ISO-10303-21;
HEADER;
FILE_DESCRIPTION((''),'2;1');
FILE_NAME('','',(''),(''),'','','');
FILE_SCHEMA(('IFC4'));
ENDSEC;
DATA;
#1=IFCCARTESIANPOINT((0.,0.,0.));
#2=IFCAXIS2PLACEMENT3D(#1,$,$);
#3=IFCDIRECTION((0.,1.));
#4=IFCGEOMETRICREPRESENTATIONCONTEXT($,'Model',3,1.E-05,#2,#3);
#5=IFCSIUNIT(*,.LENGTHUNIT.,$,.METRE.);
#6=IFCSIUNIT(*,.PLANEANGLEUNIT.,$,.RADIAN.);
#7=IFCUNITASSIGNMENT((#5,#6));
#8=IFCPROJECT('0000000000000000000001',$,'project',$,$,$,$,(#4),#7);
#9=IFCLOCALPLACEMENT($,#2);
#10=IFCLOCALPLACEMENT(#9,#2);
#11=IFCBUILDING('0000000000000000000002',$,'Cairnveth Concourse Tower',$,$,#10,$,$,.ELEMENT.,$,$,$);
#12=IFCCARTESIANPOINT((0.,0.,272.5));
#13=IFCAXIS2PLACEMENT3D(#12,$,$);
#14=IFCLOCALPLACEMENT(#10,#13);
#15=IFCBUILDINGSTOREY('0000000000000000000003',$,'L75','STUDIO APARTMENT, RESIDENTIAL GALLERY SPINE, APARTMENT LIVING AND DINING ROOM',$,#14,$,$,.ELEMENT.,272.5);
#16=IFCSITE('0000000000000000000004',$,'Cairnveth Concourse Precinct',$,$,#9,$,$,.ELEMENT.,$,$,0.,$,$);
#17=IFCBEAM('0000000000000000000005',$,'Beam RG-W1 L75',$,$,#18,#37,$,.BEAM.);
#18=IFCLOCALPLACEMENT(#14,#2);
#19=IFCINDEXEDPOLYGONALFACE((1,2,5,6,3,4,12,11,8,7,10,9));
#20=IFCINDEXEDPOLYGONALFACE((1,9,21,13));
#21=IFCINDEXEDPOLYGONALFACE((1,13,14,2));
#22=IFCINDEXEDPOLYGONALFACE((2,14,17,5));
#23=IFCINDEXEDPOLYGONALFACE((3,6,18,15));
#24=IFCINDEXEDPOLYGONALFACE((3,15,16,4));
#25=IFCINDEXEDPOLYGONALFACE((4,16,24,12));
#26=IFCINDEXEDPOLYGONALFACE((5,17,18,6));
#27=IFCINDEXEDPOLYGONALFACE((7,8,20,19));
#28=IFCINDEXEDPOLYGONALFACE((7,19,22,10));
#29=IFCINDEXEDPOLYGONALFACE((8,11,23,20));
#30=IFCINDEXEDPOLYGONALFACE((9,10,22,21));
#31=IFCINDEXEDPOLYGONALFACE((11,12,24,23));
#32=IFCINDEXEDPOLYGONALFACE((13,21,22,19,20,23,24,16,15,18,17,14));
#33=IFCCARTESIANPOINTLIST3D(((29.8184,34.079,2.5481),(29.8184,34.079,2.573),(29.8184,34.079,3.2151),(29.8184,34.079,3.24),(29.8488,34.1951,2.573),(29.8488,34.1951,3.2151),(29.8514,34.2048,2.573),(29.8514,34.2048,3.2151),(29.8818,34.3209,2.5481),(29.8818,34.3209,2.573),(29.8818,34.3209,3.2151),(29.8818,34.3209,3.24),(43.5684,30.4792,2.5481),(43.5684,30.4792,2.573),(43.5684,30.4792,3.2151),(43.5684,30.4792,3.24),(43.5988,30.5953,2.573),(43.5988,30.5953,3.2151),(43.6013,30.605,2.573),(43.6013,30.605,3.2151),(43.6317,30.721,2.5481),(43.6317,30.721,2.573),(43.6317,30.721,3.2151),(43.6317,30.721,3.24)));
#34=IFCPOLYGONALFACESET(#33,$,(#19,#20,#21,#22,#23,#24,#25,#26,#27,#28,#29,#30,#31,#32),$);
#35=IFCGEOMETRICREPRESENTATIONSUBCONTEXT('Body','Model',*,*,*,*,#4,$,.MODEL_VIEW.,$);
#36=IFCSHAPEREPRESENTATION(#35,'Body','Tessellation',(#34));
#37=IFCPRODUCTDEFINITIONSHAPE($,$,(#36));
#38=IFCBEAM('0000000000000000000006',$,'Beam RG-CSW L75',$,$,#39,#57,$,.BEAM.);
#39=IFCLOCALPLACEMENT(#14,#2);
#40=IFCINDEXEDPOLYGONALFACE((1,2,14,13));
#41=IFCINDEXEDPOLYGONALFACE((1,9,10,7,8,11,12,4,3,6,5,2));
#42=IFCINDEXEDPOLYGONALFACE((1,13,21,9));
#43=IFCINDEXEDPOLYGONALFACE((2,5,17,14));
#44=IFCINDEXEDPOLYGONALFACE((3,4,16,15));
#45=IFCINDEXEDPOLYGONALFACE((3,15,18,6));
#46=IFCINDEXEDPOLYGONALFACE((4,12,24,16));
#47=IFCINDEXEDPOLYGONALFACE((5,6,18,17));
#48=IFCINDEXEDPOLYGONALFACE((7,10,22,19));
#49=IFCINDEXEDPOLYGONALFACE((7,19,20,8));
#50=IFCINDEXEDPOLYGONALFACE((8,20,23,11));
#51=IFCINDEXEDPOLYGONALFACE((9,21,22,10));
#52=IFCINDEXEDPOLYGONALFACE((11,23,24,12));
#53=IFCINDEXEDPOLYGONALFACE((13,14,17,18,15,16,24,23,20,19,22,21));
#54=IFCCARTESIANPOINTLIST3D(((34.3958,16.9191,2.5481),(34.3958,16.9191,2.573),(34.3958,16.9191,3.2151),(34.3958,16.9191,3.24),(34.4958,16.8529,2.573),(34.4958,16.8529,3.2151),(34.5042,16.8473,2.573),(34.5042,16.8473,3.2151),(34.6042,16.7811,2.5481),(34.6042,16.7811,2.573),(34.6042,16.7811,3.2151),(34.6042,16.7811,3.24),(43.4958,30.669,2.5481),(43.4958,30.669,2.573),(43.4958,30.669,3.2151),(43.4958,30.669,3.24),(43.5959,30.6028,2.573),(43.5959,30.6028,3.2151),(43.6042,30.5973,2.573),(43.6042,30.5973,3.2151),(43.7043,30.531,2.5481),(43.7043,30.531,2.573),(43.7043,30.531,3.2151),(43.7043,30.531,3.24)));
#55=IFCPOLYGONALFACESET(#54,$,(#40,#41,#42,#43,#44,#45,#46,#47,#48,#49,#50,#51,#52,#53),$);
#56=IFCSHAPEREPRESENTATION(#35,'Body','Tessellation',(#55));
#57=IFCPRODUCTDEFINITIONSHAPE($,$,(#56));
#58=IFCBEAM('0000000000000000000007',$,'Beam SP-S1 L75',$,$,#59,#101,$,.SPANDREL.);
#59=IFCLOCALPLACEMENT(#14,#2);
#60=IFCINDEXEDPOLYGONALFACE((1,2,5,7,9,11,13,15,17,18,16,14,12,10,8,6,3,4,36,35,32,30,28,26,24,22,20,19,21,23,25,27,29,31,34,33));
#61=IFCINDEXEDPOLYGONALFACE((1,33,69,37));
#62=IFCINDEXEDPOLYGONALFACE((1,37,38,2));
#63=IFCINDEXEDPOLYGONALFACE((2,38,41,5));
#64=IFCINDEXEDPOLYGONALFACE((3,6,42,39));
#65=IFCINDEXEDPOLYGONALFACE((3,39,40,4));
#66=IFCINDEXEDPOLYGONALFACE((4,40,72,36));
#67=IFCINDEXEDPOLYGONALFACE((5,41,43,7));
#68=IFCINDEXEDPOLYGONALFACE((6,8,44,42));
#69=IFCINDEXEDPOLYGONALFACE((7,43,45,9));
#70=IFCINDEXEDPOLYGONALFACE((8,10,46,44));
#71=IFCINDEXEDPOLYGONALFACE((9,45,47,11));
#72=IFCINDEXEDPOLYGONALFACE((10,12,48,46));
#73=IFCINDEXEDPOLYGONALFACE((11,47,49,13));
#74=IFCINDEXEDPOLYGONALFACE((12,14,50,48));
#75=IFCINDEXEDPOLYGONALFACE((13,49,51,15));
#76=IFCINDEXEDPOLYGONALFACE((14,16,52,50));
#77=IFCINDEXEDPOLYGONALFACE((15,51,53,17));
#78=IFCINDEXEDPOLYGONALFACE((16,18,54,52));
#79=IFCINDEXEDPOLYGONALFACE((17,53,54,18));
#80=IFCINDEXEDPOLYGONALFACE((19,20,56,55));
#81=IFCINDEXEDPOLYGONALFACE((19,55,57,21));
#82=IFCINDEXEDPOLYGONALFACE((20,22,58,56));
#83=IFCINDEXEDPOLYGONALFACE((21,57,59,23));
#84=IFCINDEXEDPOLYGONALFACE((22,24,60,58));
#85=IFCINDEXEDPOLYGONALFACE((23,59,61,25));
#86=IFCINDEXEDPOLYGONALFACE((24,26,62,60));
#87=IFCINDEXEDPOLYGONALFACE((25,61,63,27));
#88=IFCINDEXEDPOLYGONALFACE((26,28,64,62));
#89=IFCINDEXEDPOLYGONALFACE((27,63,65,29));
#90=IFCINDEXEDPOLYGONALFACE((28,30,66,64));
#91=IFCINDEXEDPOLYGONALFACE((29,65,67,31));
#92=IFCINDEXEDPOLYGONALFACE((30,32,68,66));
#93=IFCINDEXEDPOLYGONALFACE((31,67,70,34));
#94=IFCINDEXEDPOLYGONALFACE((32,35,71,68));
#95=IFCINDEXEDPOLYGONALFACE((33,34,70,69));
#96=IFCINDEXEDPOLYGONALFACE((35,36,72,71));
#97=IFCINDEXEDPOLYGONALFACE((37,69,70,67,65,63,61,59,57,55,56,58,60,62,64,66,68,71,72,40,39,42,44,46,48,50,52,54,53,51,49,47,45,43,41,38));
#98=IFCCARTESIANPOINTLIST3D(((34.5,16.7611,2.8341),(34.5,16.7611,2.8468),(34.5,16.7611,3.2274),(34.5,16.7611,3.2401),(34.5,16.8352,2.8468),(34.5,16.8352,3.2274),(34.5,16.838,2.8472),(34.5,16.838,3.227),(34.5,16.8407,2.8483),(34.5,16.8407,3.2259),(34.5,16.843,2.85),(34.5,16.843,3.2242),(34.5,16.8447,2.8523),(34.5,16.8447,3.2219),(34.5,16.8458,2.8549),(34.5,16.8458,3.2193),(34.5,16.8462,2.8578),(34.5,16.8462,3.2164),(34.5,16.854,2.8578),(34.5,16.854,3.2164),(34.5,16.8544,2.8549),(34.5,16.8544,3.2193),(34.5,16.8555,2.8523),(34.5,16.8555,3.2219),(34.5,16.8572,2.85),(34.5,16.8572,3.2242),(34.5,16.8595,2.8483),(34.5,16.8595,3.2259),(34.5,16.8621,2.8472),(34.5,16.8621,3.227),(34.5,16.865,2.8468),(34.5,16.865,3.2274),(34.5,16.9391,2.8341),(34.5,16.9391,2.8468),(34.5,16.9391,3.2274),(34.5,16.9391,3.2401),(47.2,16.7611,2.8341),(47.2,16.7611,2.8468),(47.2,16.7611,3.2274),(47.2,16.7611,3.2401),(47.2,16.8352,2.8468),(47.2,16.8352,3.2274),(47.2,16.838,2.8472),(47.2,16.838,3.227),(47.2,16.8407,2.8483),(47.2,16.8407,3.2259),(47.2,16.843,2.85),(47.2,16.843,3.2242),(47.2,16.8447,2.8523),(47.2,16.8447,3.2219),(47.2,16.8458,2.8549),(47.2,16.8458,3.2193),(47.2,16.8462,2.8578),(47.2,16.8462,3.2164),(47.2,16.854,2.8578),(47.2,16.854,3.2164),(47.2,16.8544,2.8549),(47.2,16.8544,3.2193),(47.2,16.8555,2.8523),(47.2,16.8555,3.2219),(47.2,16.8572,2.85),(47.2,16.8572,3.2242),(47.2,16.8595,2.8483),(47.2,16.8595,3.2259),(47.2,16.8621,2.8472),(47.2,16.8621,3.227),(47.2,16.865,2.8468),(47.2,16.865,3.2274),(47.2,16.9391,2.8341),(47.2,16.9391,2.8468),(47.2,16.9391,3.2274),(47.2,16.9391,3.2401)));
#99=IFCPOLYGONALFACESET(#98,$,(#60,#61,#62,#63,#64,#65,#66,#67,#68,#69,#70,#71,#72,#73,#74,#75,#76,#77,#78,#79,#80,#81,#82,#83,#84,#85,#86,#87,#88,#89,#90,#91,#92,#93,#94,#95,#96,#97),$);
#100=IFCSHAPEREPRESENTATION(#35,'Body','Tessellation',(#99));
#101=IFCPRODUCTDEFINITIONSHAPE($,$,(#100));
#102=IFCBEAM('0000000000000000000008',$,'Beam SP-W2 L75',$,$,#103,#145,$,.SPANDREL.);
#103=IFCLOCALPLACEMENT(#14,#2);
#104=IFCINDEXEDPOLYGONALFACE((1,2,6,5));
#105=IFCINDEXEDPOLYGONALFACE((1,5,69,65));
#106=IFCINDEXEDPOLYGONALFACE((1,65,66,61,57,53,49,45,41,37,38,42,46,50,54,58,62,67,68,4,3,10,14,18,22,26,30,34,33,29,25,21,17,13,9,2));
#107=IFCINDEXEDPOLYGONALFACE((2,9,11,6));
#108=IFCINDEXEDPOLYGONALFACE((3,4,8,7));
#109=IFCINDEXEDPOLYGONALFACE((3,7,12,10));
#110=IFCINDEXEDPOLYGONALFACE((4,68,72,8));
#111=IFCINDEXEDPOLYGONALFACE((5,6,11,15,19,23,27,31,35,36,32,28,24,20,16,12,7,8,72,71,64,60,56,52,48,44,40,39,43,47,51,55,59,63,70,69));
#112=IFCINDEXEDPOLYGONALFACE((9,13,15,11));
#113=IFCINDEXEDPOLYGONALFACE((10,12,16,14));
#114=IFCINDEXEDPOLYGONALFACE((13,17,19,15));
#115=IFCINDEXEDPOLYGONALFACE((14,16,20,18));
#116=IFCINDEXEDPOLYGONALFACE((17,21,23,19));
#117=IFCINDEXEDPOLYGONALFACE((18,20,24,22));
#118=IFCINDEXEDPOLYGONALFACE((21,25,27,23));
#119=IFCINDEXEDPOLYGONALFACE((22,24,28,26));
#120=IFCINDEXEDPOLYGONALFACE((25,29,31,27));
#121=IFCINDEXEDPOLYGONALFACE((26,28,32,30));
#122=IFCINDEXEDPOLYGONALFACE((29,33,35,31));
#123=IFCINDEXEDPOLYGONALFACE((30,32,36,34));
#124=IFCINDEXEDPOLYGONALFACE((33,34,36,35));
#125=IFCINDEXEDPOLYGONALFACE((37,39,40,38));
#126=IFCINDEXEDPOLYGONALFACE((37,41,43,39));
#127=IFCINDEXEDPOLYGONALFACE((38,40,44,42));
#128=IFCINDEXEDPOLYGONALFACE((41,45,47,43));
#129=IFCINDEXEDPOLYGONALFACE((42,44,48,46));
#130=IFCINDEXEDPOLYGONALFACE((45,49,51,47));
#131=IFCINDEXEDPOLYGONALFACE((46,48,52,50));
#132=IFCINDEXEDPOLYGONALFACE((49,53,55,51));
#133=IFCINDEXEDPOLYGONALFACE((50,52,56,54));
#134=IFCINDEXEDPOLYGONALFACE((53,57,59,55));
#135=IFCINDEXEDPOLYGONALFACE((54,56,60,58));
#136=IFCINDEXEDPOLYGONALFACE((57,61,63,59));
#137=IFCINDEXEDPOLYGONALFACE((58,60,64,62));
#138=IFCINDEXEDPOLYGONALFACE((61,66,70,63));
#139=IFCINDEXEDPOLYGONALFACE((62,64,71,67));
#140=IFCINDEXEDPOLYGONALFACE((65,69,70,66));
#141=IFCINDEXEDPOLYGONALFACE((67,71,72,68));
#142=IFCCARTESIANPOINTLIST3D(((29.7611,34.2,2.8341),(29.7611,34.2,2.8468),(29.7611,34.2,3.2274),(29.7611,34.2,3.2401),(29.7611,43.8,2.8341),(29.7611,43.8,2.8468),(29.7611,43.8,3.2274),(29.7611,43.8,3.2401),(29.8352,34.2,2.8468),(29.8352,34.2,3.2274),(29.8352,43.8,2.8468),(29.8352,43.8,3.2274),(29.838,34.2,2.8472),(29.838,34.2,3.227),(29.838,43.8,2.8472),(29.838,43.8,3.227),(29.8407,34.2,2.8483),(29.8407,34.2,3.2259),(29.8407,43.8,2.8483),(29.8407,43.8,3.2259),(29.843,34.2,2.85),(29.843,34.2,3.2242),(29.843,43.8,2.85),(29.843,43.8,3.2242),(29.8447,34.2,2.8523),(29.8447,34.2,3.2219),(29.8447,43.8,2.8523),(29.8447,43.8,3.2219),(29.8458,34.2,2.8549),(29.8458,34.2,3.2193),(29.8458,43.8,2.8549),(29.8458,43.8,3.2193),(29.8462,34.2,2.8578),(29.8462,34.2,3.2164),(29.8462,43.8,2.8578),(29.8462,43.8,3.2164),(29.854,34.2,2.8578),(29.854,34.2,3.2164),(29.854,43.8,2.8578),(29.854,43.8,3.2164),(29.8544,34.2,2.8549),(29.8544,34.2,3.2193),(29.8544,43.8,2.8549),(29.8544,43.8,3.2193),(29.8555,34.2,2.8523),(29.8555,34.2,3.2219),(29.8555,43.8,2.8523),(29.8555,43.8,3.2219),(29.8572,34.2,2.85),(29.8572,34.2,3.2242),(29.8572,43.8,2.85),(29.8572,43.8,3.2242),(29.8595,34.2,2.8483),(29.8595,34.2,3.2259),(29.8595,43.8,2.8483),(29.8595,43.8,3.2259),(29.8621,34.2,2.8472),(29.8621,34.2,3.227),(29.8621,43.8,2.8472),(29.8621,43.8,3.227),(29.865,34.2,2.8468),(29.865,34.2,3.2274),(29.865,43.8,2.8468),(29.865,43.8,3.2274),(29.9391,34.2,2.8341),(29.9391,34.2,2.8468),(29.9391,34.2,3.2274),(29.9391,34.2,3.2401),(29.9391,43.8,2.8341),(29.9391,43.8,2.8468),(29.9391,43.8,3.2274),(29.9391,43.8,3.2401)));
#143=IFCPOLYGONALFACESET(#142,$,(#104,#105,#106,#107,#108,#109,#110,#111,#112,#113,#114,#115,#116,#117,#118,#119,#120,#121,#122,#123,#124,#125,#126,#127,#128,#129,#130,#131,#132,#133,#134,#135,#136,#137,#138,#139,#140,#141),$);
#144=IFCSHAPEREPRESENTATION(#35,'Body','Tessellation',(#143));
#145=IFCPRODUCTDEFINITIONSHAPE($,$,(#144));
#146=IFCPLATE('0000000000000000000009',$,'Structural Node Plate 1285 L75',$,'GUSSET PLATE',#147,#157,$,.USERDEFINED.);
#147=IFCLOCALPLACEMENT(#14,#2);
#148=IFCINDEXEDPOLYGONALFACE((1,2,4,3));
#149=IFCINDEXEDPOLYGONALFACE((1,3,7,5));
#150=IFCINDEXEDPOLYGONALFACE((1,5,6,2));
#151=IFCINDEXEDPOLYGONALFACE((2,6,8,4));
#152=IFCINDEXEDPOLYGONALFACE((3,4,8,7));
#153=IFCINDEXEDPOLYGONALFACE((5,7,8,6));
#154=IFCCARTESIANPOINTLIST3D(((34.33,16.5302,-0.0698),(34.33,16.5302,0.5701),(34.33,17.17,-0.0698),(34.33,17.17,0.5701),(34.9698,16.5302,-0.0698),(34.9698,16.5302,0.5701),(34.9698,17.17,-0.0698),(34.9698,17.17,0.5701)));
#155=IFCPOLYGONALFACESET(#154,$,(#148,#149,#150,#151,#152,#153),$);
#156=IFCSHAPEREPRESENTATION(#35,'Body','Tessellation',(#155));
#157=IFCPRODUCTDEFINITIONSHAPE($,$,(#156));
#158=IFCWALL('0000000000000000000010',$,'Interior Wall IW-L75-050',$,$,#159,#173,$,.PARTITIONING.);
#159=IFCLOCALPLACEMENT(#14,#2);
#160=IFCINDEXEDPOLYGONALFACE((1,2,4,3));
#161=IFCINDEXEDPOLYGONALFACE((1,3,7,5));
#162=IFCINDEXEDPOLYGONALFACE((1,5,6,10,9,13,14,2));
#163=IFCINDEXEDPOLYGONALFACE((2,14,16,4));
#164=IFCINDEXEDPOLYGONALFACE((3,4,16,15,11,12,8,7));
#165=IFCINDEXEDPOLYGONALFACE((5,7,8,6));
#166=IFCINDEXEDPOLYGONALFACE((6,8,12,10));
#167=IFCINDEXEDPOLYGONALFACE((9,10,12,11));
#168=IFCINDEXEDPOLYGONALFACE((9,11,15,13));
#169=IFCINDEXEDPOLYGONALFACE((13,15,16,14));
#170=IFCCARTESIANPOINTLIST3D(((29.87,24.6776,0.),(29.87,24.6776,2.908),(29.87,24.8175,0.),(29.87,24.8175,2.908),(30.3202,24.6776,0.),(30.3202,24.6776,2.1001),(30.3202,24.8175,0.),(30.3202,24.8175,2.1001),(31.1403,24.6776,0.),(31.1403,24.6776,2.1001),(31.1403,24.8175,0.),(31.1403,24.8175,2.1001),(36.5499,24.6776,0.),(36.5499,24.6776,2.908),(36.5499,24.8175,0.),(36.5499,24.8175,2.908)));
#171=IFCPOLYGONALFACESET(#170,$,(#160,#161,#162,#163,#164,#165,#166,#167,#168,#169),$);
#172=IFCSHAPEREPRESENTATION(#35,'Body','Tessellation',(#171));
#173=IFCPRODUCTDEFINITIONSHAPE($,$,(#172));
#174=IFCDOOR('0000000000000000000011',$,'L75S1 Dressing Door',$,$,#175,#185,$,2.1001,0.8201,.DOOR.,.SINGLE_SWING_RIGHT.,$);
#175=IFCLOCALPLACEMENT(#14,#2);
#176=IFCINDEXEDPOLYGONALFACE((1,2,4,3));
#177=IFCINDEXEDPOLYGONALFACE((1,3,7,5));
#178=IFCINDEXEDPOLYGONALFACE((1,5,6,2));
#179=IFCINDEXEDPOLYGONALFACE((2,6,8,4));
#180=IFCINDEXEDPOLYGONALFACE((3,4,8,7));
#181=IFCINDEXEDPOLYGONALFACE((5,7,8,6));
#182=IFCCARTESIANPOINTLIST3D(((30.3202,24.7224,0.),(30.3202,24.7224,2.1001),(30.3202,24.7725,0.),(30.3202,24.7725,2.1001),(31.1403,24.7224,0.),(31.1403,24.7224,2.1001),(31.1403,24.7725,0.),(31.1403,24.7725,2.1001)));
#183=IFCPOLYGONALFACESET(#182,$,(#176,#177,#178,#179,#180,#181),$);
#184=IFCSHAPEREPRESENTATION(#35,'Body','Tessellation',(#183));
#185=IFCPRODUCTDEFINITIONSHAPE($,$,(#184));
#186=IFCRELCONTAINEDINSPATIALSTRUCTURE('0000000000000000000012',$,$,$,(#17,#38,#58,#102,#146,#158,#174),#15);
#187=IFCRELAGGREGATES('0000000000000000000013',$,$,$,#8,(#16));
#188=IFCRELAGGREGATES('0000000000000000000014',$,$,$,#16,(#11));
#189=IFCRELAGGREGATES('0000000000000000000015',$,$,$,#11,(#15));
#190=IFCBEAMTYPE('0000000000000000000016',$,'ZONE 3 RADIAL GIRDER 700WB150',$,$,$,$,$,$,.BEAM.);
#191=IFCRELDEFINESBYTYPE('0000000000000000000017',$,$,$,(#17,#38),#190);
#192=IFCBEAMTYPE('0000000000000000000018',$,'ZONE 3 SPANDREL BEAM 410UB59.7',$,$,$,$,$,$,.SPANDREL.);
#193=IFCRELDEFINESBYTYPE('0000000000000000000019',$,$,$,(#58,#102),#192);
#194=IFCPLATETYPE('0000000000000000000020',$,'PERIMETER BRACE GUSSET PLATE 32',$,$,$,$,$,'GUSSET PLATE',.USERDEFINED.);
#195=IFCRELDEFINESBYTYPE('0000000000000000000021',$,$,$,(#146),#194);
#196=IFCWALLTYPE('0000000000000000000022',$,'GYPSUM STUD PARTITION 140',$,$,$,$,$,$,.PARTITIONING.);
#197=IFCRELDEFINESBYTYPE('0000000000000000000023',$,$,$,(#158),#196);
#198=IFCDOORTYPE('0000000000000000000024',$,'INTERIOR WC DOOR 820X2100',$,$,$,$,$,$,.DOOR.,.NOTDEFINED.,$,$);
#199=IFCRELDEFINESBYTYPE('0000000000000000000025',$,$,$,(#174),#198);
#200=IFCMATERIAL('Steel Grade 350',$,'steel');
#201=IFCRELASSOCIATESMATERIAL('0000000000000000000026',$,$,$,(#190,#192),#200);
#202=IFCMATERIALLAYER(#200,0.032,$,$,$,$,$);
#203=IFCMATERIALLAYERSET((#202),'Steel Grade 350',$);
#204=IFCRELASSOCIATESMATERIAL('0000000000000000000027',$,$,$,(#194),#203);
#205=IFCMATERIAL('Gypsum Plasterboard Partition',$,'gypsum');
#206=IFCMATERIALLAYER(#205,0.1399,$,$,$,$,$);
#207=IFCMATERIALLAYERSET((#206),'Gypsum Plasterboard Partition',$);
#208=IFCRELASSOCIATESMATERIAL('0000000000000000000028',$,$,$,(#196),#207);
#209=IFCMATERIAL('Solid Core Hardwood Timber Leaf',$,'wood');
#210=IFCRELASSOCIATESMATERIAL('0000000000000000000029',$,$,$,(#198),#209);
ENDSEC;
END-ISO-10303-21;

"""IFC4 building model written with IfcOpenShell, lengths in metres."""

from ifc_helpers import new_model, si_unit, direction, frame, frame_2d, origin, origin_2d, place, context, subcontext, project, spatial, rectangle, i_section, extrude, material, layer, layer_set, material_profile, profile_set, type_object, element, fill, save


model = new_model("IFC4")

# Units and contexts
model_context = context("Model", 3, precision=1e-05, world=origin(), true_north=direction((0.0, 1.0)))
body_context = subcontext(model_context, "Body", "Model", "MODEL_VIEW")
ifc_project = project(units=[si_unit("LENGTHUNIT", "METRE"), si_unit("PLANEANGLEUNIT", "RADIAN")], contexts=[model_context])

# Site, building, storey
site_placement = place(None, origin())
site = spatial("IfcSite", under=ifc_project, at=site_placement, Name="Cairnveth Concourse Precinct", CompositionType="ELEMENT", RefElevation=0.0)
building_placement = place(site_placement, origin())
building = spatial("IfcBuilding", under=site, at=building_placement, Name="Cairnveth Concourse Tower", CompositionType="ELEMENT")
storey_placement = place(building_placement, frame((0.0, 0.0, 272.5)))
storey = spatial("IfcBuildingStorey", under=building, at=storey_placement, Name="L75", Description="STUDIO APARTMENT, RESIDENTIAL GALLERY SPINE, APARTMENT LIVING AND DINING ROOM", CompositionType="ELEMENT", Elevation=272.5)

# Shared definitions
ifc_material_1 = material(Name="Steel Grade 350", Category="steel")

# Beams
ifc_material_profile_1 = material_profile(ifc_material_1, i_section(OverallWidth=0.25, OverallDepth=0.6919, WebThickness=0.01, FlangeThickness=0.0249, at=origin_2d()), Name="700WB150")
ifc_profile_set_1 = profile_set([ifc_material_profile_1], Name="Steel Grade 350")
beam_type_1 = type_object("IfcBeamType", Name="ZONE 3 RADIAL GIRDER 700WB150", PredefinedType="BEAM", material=ifc_profile_set_1)
beam_1_placement = place(storey_placement, frame((29.8501, 34.2, 2.894), z_axis=(0.967395, -0.253271, 0.0), x_axis=(0.253271, 0.967395, 0.0)))
element("IfcBeam", 1, at=beam_1_placement, inside=storey, type_object=beam_type_1, Name="Beam RG-W1 L75", PredefinedType="BEAM", context=body_context, shape_type="SweptSolid", body=[
    extrude(i_section(OverallWidth=0.25, OverallDepth=0.6919, WebThickness=0.01, FlangeThickness=0.0249, at=origin_2d()), origin(), (0.0, 0.0, 1.0), 14.2134),
])
beam_2_placement = place(storey_placement, frame((34.5, 16.8501, 2.894), z_axis=(0.551902, 0.833909, 0.0), x_axis=(-0.833909, 0.551902, 0.0)))
element("IfcBeam", 2, at=beam_2_placement, inside=storey, type_object=beam_type_1, Name="Beam RG-CSW L75", PredefinedType="BEAM", context=body_context, shape_type="SweptSolid", body=[
    extrude(i_section(OverallWidth=0.25, OverallDepth=0.6919, WebThickness=0.01, FlangeThickness=0.0249, at=origin_2d()), origin(), (0.0, 0.0, 1.0), 16.4885),
])
ifc_material_profile_2 = material_profile(ifc_material_1, i_section(OverallWidth=0.178, OverallDepth=0.406, WebThickness=0.0078, FlangeThickness=0.0127, FilletRadius=0.011, at=origin_2d()), Name="410UB59.7")
ifc_profile_set_2 = profile_set([ifc_material_profile_2], Name="Steel Grade 350")
beam_type_2 = type_object("IfcBeamType", Name="ZONE 3 SPANDREL BEAM 410UB59.7", PredefinedType="SPANDREL", material=ifc_profile_set_2)
beam_3_placement = place(storey_placement, frame((34.5, 16.8501, 3.0371), z_axis=(1.0, 0.0, 0.0), x_axis=(0.0, 1.0, 0.0)))
element("IfcBeam", 3, at=beam_3_placement, inside=storey, type_object=beam_type_2, Name="Beam SP-S1 L75", PredefinedType="SPANDREL", context=body_context, shape_type="SweptSolid", body=[
    extrude(i_section(OverallWidth=0.178, OverallDepth=0.406, WebThickness=0.0078, FlangeThickness=0.0127, FilletRadius=0.011, at=origin_2d()), origin(), (0.0, 0.0, 1.0), 12.7),
])
beam_4_placement = place(storey_placement, frame((29.8501, 34.2, 3.0371), z_axis=(0.0, 1.0, 0.0), x_axis=(-1.0, 0.0, 0.0)))
element("IfcBeam", 4, at=beam_4_placement, inside=storey, type_object=beam_type_2, Name="Beam SP-W2 L75", PredefinedType="SPANDREL", context=body_context, shape_type="SweptSolid", body=[
    extrude(i_section(OverallWidth=0.178, OverallDepth=0.406, WebThickness=0.0078, FlangeThickness=0.0127, FilletRadius=0.011, at=origin_2d()), origin(), (0.0, 0.0, 1.0), 9.6001),
])

# Plate
ifc_layer_1 = layer(ifc_material_1, 0.032)
ifc_layer_set_1 = layer_set([ifc_layer_1], Name="Steel Grade 350")
plate_type = type_object("IfcPlateType", Name="PERIMETER BRACE GUSSET PLATE 32", ElementType="GUSSET PLATE", PredefinedType="USERDEFINED", material=ifc_layer_set_1)
plate_placement = place(storey_placement, frame((34.6499, 16.8501, -0.0698), z_axis=(0.0, 0.0, 1.0), x_axis=(1.0, 0.0, 0.0)))
element("IfcPlate", 5, at=plate_placement, inside=storey, type_object=plate_type, Name="Structural Node Plate 1285 L75", ObjectType="GUSSET PLATE", PredefinedType="USERDEFINED", context=body_context, shape_type="SweptSolid", body=[
    extrude(rectangle(XDim=0.6399, YDim=0.6399, at=origin_2d()), origin(), (0.0, 0.0, 1.0), 0.6399),
])

# Wall, opening, door
ifc_material_2 = material(Name="Gypsum Plasterboard Partition", Category="gypsum")
ifc_layer_2 = layer(ifc_material_2, 0.1399)
ifc_layer_set_2 = layer_set([ifc_layer_2], Name="Gypsum Plasterboard Partition")
wall_type_1 = type_object("IfcWallType", Name="GYPSUM STUD PARTITION 140", PredefinedType="PARTITIONING", material=ifc_layer_set_2)
wall_1_placement = place(storey_placement, frame((29.8701, 24.7476, 0.0), z_axis=(0.0, 0.0, 1.0), x_axis=(1.0, 0.0, 0.0)))
wall_1 = element("IfcWall", 6, at=wall_1_placement, inside=storey, type_object=wall_type_1, Name="Interior Wall IW-L75-050", PredefinedType="PARTITIONING", context=body_context, shape_type="SweptSolid", body=[
    extrude(rectangle(XDim=6.6799, YDim=0.1399, at=frame_2d((3.3398, 0.0))), origin(), (0.0, 0.0, 1.0), 2.908),
])
opening_1_placement = place(wall_1_placement, frame((0.45, 0.0, 0.0)))
opening_1 = element("IfcOpeningElement", 7, at=opening_1_placement, cuts=wall_1, PredefinedType="OPENING", context=body_context, shape_type="SweptSolid", body=[
    extrude(rectangle(XDim=0.8201, YDim=2.1001, at=frame_2d((0.4102, 1.05))), frame((0.0, 0.0798, 0.0), z_axis=(0.0, -1.0, 0.0), x_axis=(1.0, 0.0, 0.0)), (0.0, 0.0, 1.0), 0.1599),
])
ifc_material_3 = material(Name="Solid Core Hardwood Timber Leaf", Category="wood")
door_type = type_object("IfcDoorType", Name="INTERIOR WC DOOR 820X2100", OperationType="NOTDEFINED", PredefinedType="DOOR", material=ifc_material_3)
door_placement = place(opening_1_placement, origin())
door = element("IfcDoor", 8, at=door_placement, inside=storey, type_object=door_type, Name="L75S1 Dressing Door", OperationType="SINGLE_SWING_RIGHT", OverallHeight=2.1001, OverallWidth=0.8201, PredefinedType="DOOR", context=body_context, shape_type="SweptSolid", body=[
    extrude(rectangle(XDim=0.8201, YDim=2.1001, at=frame_2d((0.4102, 1.05))), frame((0.0, 0.0249, 0.0), z_axis=(0.0, -1.0, 0.0), x_axis=(1.0, 0.0, 0.0)), (0.0, 0.0, 1.0), 0.05),
])
fill(opening_1, door)

save(model, "model.ifc")
